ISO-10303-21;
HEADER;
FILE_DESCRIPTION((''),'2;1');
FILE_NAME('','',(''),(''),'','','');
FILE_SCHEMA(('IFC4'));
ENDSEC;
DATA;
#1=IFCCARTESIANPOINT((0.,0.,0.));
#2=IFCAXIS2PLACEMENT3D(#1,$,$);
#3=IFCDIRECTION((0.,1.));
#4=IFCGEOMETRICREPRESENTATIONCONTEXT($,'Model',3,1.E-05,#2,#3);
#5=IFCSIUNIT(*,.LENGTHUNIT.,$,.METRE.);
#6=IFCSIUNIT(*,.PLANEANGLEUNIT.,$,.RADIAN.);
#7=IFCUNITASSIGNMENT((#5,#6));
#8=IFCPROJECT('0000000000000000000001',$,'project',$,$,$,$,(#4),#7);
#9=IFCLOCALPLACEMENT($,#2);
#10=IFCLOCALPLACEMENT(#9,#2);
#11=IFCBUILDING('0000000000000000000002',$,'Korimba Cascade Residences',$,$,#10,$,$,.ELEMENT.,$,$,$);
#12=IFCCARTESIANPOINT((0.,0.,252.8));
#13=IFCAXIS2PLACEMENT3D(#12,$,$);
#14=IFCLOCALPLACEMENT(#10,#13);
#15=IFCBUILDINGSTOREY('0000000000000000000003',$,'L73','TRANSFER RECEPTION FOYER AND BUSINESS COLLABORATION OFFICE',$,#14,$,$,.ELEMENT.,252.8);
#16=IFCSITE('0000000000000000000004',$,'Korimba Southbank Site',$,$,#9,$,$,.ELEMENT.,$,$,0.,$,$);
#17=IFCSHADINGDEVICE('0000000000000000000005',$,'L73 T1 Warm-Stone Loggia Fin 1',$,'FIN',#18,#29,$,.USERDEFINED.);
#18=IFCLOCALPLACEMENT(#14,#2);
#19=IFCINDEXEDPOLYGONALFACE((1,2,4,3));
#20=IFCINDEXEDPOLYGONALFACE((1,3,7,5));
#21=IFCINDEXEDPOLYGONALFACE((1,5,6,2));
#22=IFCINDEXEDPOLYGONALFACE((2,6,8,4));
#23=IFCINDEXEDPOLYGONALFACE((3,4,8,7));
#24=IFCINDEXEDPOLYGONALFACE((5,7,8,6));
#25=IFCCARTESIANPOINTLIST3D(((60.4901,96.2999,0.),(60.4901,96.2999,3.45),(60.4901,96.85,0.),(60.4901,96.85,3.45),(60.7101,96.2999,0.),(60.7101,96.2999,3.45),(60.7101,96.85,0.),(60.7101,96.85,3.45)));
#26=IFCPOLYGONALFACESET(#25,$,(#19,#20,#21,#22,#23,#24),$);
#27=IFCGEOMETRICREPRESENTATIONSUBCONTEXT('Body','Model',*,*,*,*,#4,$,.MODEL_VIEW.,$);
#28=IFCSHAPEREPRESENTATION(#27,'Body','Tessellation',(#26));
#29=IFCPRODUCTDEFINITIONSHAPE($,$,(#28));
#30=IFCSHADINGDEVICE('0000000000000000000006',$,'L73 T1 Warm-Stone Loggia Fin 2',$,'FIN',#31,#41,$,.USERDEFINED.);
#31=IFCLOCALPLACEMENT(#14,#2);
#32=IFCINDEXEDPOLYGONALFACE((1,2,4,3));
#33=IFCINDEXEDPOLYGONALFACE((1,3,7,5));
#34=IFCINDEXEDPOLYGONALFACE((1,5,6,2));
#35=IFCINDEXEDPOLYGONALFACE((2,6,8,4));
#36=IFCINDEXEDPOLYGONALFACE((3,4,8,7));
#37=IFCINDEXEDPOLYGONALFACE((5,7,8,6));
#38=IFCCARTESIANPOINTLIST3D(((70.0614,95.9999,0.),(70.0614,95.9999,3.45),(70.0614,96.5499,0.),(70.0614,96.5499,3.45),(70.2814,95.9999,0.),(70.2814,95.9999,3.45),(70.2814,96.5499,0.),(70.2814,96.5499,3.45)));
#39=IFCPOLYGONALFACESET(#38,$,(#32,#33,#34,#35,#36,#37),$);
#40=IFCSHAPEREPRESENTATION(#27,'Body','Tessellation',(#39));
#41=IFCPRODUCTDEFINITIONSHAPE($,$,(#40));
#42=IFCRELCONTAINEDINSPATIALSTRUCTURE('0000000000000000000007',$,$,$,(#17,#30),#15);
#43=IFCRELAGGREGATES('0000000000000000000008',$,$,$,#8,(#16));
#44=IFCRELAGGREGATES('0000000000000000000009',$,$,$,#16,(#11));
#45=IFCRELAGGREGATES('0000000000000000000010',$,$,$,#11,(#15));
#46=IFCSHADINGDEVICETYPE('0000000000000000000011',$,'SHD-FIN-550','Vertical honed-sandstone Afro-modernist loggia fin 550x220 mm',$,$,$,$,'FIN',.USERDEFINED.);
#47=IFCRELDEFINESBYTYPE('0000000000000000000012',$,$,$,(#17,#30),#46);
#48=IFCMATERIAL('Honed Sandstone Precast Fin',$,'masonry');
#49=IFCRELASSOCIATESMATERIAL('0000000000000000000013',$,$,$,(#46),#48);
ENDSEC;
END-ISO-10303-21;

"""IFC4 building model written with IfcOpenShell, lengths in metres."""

from ifc_helpers import new_model, si_unit, direction, frame, origin, origin_2d, place, context, subcontext, project, spatial, rectangle, extrude, material, type_object, element, save


model = new_model("IFC4")

# Units and contexts
model_context = context("Model", 3, precision=1e-05, world=origin(), true_north=direction((0.0, 1.0)))
body_context = subcontext(model_context, "Body", "Model", "MODEL_VIEW")
ifc_project = project(units=[si_unit("LENGTHUNIT", "METRE"), si_unit("PLANEANGLEUNIT", "RADIAN")], contexts=[model_context])

# Site, building, storey
site_placement = place(None, origin())
site = spatial("IfcSite", under=ifc_project, at=site_placement, Name="Korimba Southbank Site", CompositionType="ELEMENT", RefElevation=0.0)
building_placement = place(site_placement, origin())
building = spatial("IfcBuilding", under=site, at=building_placement, Name="Korimba Cascade Residences", CompositionType="ELEMENT")
storey_placement = place(building_placement, frame((0.0, 0.0, 252.8)))
storey = spatial("IfcBuildingStorey", under=building, at=storey_placement, Name="L73", Description="TRANSFER RECEPTION FOYER AND BUSINESS COLLABORATION OFFICE", CompositionType="ELEMENT", Elevation=252.8)

# Shading devices
ifc_material_1 = material(Name="Honed Sandstone Precast Fin", Category="masonry")
shading_device_type = type_object("IfcShadingDeviceType", Name="SHD-FIN-550", Description="Vertical honed-sandstone Afro-modernist loggia fin 550x220 mm", ElementType="FIN", PredefinedType="USERDEFINED", material=ifc_material_1)
for number, where, z_axis, x_axis, name in (
    (1, (60.6001, 96.575, 0.0), (0.0, 0.0, 1.0), (1.0, 0.0, 0.0), "L73 T1 Warm-Stone Loggia Fin 1"),
    (2, (70.1714, 96.2749, 0.0), (0.0, 0.0, 1.0), (1.0, 0.0, 0.0), "L73 T1 Warm-Stone Loggia Fin 2"),
):
    element("IfcShadingDevice", number, at=place(storey_placement, frame(where, z_axis=z_axis, x_axis=x_axis)), inside=storey, type_object=shading_device_type, Name=name, ObjectType="FIN", PredefinedType="USERDEFINED", context=body_context, shape_type="SweptSolid", body=[
        extrude(rectangle(XDim=0.22, YDim=0.55, at=origin_2d()), origin(), (0.0, 0.0, 1.0), 3.45),
    ])

save(model, "model.ifc")
